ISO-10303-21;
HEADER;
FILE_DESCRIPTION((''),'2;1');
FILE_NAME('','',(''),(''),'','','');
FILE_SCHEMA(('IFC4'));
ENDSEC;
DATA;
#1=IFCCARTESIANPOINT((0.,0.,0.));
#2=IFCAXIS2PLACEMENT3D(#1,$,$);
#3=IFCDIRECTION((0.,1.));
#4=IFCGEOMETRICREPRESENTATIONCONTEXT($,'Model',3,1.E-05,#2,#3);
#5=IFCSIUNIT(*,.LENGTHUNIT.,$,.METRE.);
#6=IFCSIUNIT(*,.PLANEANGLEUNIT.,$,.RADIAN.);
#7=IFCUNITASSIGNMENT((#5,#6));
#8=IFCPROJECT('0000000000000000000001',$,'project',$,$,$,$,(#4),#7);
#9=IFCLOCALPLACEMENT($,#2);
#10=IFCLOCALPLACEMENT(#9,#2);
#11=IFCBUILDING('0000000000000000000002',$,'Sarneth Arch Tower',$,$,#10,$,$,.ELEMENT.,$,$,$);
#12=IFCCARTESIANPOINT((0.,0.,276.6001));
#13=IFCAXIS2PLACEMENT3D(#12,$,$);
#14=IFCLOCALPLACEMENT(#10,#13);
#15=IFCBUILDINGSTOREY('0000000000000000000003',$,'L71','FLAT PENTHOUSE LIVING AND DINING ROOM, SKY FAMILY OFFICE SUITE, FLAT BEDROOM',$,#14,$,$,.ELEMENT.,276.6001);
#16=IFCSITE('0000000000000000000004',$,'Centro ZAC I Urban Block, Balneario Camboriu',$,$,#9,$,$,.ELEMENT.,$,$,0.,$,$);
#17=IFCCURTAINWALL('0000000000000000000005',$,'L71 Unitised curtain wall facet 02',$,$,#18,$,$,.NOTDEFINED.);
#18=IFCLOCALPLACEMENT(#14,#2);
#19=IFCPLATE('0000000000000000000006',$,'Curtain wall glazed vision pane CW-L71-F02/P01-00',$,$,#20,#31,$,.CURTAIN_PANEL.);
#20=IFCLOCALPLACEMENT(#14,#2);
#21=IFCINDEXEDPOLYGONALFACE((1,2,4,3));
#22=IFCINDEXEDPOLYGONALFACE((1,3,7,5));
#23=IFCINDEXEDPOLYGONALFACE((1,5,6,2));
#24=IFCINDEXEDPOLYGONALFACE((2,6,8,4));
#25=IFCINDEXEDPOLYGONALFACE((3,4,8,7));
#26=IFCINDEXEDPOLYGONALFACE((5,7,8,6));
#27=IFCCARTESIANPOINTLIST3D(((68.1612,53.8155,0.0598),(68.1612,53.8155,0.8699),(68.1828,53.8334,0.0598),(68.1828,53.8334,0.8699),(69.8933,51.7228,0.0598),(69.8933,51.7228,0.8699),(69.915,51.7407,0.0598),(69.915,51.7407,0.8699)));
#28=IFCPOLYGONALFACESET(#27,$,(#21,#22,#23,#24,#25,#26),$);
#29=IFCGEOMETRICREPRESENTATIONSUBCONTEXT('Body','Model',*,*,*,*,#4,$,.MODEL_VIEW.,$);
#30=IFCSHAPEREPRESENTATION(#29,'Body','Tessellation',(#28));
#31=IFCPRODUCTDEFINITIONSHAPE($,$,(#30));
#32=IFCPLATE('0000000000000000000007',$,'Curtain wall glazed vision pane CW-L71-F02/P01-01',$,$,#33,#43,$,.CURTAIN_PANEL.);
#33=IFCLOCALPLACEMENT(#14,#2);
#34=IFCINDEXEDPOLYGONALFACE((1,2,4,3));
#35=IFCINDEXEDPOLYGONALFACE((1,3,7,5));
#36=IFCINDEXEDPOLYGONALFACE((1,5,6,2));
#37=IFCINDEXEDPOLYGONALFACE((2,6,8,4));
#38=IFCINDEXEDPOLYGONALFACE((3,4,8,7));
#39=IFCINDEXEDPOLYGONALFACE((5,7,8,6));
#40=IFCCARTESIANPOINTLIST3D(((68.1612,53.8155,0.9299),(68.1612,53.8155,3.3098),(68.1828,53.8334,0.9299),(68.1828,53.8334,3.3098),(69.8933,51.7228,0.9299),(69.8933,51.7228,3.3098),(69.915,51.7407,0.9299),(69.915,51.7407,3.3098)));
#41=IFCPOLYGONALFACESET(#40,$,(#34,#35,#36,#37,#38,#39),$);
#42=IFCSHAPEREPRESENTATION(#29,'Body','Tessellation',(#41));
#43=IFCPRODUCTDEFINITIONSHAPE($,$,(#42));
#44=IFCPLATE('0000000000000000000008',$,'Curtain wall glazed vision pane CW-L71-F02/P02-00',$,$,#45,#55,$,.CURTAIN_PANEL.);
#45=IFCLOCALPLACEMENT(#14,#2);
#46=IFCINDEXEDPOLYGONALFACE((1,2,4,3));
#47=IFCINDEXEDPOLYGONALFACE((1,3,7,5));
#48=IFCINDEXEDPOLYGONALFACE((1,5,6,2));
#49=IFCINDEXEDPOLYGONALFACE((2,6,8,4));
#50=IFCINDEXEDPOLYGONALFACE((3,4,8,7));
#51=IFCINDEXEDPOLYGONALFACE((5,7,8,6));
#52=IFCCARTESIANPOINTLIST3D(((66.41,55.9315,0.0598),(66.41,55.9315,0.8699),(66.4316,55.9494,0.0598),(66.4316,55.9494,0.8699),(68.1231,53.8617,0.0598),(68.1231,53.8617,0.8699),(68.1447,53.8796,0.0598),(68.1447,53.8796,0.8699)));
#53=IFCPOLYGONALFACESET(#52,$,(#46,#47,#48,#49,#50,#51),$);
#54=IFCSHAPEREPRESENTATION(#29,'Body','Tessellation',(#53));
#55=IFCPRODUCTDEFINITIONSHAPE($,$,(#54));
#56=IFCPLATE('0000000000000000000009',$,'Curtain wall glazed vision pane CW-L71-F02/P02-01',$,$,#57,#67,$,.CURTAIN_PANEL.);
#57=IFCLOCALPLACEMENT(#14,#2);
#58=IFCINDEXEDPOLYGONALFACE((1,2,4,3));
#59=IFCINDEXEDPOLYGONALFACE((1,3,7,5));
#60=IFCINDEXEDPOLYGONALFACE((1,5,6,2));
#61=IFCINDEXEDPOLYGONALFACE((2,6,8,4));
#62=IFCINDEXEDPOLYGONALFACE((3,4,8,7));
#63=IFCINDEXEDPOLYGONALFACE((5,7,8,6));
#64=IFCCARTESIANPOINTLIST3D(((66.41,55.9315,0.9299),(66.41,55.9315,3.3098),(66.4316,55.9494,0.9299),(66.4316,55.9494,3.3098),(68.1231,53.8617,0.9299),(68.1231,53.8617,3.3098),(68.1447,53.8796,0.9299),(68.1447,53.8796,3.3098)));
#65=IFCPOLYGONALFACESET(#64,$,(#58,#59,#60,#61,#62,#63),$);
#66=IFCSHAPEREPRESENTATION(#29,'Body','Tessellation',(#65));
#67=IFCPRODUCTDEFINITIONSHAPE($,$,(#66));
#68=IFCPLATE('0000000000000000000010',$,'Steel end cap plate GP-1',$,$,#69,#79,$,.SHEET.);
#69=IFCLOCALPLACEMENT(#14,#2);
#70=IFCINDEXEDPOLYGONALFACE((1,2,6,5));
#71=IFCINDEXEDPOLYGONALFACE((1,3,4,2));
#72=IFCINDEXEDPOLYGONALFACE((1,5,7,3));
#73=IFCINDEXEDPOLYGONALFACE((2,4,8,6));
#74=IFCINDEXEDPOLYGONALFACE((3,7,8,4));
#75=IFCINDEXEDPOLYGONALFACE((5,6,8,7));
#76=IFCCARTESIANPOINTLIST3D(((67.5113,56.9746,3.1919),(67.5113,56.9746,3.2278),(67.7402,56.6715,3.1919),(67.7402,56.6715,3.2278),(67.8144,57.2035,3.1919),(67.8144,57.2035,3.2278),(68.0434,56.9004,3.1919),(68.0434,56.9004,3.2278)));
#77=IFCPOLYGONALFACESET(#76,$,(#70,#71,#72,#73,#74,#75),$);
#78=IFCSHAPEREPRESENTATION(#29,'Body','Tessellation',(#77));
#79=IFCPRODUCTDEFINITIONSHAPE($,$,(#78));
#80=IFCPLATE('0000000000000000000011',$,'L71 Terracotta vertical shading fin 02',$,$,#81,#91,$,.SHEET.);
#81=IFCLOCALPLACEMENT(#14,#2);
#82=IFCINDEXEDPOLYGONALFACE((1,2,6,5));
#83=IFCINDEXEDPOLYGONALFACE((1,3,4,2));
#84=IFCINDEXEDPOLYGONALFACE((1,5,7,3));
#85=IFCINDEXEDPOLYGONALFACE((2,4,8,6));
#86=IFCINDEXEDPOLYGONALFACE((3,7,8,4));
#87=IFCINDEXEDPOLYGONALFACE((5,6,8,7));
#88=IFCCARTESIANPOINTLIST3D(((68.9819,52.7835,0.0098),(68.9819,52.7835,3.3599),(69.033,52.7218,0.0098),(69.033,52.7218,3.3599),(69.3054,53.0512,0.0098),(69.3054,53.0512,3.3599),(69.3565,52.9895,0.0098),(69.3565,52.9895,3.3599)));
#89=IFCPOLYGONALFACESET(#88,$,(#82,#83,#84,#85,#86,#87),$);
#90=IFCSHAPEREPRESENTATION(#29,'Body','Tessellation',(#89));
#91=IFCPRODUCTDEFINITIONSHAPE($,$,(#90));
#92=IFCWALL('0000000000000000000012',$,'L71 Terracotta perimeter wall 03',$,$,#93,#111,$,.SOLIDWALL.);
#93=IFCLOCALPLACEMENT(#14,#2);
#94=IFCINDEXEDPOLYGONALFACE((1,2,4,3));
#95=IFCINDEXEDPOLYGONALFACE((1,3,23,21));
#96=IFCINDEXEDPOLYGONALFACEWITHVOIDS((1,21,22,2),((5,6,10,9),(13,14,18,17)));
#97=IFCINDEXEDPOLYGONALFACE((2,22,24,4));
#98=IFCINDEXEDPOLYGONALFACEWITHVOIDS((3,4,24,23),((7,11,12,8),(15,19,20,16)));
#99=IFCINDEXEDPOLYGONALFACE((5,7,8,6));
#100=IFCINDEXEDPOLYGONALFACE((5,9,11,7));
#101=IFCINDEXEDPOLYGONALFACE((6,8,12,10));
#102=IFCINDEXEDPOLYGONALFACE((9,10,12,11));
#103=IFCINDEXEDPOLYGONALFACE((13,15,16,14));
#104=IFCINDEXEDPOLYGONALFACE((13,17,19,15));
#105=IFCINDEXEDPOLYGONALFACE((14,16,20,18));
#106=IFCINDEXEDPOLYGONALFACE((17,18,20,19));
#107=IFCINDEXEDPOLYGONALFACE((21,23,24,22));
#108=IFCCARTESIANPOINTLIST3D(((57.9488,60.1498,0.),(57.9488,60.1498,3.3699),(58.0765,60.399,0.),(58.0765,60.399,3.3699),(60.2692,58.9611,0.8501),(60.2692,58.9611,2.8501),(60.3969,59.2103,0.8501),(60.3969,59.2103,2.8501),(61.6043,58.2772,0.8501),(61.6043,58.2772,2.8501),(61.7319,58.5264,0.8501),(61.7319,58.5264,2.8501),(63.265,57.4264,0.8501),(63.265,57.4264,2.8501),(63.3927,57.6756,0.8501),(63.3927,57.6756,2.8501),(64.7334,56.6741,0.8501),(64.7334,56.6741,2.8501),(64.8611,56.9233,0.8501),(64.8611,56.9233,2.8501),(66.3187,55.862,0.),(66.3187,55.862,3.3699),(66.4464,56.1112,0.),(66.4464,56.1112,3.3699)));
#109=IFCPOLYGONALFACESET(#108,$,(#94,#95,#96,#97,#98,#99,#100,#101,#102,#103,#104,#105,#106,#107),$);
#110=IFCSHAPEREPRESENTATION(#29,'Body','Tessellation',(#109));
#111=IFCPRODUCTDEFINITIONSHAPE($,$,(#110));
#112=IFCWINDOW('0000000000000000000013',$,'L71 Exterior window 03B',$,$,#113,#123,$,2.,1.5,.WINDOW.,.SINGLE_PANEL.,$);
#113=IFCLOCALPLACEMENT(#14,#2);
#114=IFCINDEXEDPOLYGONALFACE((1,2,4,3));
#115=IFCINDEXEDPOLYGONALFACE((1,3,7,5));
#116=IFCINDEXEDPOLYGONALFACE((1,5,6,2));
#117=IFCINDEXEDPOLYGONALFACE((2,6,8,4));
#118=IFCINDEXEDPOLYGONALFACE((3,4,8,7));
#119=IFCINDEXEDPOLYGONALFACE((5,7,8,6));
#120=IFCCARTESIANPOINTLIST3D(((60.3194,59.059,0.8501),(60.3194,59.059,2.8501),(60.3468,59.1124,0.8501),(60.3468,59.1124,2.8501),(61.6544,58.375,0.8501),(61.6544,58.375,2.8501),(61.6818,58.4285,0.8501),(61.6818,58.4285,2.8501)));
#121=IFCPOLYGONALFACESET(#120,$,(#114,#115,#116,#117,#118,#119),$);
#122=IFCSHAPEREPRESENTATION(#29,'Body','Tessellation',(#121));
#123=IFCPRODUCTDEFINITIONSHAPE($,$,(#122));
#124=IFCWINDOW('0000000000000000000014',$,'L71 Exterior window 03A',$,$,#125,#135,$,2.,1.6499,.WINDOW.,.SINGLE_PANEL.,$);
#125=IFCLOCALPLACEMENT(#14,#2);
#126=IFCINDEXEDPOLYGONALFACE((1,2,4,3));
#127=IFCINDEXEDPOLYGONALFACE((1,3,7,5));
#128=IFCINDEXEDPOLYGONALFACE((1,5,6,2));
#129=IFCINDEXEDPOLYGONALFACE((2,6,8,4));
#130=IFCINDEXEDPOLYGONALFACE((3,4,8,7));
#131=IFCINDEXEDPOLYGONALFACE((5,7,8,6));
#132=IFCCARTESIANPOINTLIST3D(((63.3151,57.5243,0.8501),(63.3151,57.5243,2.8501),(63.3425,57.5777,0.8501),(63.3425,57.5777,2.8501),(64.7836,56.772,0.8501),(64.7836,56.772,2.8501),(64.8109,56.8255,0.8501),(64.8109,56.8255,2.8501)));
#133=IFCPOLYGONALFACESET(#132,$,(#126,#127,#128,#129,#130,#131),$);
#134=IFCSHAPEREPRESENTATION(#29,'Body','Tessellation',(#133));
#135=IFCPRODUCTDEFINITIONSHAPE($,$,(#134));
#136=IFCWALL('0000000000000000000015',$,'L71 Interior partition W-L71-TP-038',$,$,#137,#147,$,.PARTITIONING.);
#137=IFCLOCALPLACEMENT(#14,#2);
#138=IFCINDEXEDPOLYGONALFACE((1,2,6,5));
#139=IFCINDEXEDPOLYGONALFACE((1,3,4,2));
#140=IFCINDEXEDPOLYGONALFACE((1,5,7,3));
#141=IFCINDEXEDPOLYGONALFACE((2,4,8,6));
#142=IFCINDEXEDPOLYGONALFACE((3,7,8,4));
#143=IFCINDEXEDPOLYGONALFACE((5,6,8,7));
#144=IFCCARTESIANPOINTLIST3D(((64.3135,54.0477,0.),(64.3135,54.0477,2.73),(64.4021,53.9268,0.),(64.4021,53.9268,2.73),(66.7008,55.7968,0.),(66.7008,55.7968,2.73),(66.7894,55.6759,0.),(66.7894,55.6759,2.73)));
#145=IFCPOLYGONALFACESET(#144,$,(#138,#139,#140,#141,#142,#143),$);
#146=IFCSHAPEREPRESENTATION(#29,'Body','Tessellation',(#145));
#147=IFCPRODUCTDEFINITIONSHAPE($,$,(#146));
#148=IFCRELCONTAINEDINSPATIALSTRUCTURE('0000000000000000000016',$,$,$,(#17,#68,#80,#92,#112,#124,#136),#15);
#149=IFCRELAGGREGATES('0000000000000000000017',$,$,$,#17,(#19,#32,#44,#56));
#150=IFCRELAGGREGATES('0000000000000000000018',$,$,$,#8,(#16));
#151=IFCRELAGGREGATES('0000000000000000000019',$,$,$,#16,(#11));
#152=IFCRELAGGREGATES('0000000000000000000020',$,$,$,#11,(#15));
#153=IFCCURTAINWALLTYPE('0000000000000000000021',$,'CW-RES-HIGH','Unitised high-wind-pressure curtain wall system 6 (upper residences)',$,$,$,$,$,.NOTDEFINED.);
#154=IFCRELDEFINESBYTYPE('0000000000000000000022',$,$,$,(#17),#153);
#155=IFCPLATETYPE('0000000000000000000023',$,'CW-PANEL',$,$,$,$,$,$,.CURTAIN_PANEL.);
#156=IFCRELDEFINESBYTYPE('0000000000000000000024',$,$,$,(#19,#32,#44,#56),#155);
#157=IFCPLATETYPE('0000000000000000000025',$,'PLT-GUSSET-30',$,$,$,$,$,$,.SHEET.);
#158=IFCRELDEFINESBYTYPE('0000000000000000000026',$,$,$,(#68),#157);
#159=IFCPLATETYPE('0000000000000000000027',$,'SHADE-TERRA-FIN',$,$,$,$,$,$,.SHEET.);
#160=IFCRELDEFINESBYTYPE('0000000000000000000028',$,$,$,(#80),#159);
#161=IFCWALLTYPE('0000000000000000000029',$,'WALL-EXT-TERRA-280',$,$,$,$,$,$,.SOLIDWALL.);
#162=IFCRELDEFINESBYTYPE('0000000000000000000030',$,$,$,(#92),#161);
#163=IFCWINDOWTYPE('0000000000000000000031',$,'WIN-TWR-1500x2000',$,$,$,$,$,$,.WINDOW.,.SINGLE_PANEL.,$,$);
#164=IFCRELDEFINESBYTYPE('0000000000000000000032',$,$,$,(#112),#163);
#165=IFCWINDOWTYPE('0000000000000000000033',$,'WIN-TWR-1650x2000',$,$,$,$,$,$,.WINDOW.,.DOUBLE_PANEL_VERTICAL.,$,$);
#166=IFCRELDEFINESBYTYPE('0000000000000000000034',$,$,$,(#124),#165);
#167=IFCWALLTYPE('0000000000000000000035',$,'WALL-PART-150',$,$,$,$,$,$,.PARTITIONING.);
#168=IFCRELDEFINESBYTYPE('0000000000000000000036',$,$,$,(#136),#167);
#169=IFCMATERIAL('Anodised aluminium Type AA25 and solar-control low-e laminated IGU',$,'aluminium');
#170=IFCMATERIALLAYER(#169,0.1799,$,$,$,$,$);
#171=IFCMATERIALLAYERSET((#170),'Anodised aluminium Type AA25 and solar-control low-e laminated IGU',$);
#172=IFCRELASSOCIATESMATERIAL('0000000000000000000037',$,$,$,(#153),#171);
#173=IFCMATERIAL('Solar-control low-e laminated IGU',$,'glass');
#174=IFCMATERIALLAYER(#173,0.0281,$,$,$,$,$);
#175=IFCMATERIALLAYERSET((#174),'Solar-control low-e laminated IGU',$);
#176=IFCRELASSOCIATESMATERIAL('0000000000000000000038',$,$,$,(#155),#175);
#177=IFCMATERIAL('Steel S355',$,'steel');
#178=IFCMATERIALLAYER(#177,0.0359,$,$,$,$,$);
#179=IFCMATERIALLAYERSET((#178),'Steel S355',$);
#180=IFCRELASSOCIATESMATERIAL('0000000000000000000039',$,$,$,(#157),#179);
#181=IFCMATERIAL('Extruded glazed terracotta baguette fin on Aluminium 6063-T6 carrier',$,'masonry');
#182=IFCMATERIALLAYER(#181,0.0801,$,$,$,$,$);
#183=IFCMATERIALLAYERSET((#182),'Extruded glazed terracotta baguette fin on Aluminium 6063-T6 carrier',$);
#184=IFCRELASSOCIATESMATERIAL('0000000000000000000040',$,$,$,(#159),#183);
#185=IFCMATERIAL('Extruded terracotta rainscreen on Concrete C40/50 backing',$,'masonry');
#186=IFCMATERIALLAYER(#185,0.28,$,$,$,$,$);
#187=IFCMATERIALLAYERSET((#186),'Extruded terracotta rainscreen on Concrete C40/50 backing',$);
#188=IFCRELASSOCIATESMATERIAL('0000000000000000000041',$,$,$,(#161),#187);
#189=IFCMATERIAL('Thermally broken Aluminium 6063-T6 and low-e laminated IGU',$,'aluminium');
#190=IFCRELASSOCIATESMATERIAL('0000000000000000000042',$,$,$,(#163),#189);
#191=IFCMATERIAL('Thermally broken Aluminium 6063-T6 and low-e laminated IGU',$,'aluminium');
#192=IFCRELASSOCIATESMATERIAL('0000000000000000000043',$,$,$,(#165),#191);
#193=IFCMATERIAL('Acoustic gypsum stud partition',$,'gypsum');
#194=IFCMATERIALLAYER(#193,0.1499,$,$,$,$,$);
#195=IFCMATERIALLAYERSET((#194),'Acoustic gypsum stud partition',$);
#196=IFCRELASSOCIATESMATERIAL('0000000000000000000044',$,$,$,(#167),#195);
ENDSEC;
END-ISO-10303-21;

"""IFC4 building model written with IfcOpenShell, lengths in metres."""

from ifc_helpers import new_model, si_unit, direction, frame, frame_2d, origin, origin_2d, place, context, subcontext, project, spatial, rectangle, extrude, material, layer, layer_set, type_object, element, fill, aggregate, save


model = new_model("IFC4")

# Units and contexts
model_context = context("Model", 3, precision=1e-05, world=origin(), true_north=direction((0.0, 1.0)))
body_context = subcontext(model_context, "Body", "Model", "MODEL_VIEW")
ifc_project = project(units=[si_unit("LENGTHUNIT", "METRE"), si_unit("PLANEANGLEUNIT", "RADIAN")], contexts=[model_context])

# Site, building, storey
site_placement = place(None, origin())
site = spatial("IfcSite", under=ifc_project, at=site_placement, Name="Centro ZAC I Urban Block, Balneario Camboriu", CompositionType="ELEMENT", RefElevation=0.0)
building_placement = place(site_placement, origin())
building = spatial("IfcBuilding", under=site, at=building_placement, Name="Sarneth Arch Tower", CompositionType="ELEMENT")
storey_placement = place(building_placement, frame((0.0, 0.0, 276.6001)))
storey = spatial("IfcBuildingStorey", under=building, at=storey_placement, Name="L71", Description="FLAT PENTHOUSE LIVING AND DINING ROOM, SKY FAMILY OFFICE SUITE, FLAT BEDROOM", CompositionType="ELEMENT", Elevation=276.6001)

# Curtain wall
ifc_material_1 = material(Name="Anodised aluminium Type AA25 and solar-control low-e laminated IGU", Category="aluminium")
ifc_layer_1 = layer(ifc_material_1, 0.1799)
ifc_layer_set_1 = layer_set([ifc_layer_1], Name="Anodised aluminium Type AA25 and solar-control low-e laminated IGU")
curtain_wall_type = type_object("IfcCurtainWallType", Name="CW-RES-HIGH", Description="Unitised high-wind-pressure curtain wall system 6 (upper residences)", PredefinedType="NOTDEFINED", material=ifc_layer_set_1)
curtain_wall_placement = place(storey_placement, origin())
curtain_wall = element("IfcCurtainWall", 1, at=curtain_wall_placement, inside=storey, type_object=curtain_wall_type, Name="L71 Unitised curtain wall facet 02", PredefinedType="NOTDEFINED")

# Plates
ifc_material_2 = material(Name="Solar-control low-e laminated IGU", Category="glass")
ifc_layer_2 = layer(ifc_material_2, 0.0281)
ifc_layer_set_2 = layer_set([ifc_layer_2], Name="Solar-control low-e laminated IGU")
plate_type_1 = type_object("IfcPlateType", Name="CW-PANEL", PredefinedType="CURTAIN_PANEL", material=ifc_layer_set_2)
plate_1_placement = place(storey_placement, frame((69.0381, 52.7781, 0.0598), z_axis=(0.0, 0.0, 1.0), x_axis=(-0.63761, 0.770359, 0.0)))
plate_1 = element("IfcPlate", 2, at=plate_1_placement, type_object=plate_type_1, Name="Curtain wall glazed vision pane CW-L71-F02/P01-00", PredefinedType="CURTAIN_PANEL", context=body_context, shape_type="SweptSolid", body=[
    extrude(rectangle(XDim=2.7166, YDim=0.0281, at=origin_2d()), origin(), (0.0, 0.0, 1.0), 0.8101),
])
plate_2_placement = place(storey_placement, frame((69.0381, 52.7781, 0.9299), z_axis=(0.0, 0.0, 1.0), x_axis=(-0.63761, 0.770359, 0.0)))
plate_2 = element("IfcPlate", 3, at=plate_2_placement, type_object=plate_type_1, Name="Curtain wall glazed vision pane CW-L71-F02/P01-01", PredefinedType="CURTAIN_PANEL", context=body_context, shape_type="SweptSolid", body=[
    extrude(rectangle(XDim=2.7166, YDim=0.0281, at=origin_2d()), origin(), (0.0, 0.0, 1.0), 2.3799),
])
plate_3_placement = place(storey_placement, frame((67.2773, 54.9055, 0.0598), z_axis=(0.0, 0.0, 1.0), x_axis=(-0.63761, 0.770359, 0.0)))
plate_3 = element("IfcPlate", 4, at=plate_3_placement, type_object=plate_type_1, Name="Curtain wall glazed vision pane CW-L71-F02/P02-00", PredefinedType="CURTAIN_PANEL", context=body_context, shape_type="SweptSolid", body=[
    extrude(rectangle(XDim=2.6868, YDim=0.0281, at=origin_2d()), origin(), (0.0, 0.0, 1.0), 0.8101),
])
plate_4_placement = place(storey_placement, frame((67.2773, 54.9055, 0.9299), z_axis=(0.0, 0.0, 1.0), x_axis=(-0.63761, 0.770359, 0.0)))
plate_4 = element("IfcPlate", 5, at=plate_4_placement, type_object=plate_type_1, Name="Curtain wall glazed vision pane CW-L71-F02/P02-01", PredefinedType="CURTAIN_PANEL", context=body_context, shape_type="SweptSolid", body=[
    extrude(rectangle(XDim=2.6868, YDim=0.0281, at=origin_2d()), origin(), (0.0, 0.0, 1.0), 2.3799),
])
aggregate(curtain_wall, [plate_1, plate_2, plate_3, plate_4])

# Plates
ifc_material_3 = material(Name="Steel S355", Category="steel")
ifc_layer_3 = layer(ifc_material_3, 0.0359)
ifc_layer_set_3 = layer_set([ifc_layer_3], Name="Steel S355")
plate_type_2 = type_object("IfcPlateType", Name="PLT-GUSSET-30", PredefinedType="SHEET", material=ifc_layer_set_3)
plate_5_placement = place(storey_placement, frame((67.7773, 56.9375, 3.1919), z_axis=(0.0, 0.0, 1.0), x_axis=(0.798005, 0.602651, 0.0)))
element("IfcPlate", 6, at=plate_5_placement, inside=storey, type_object=plate_type_2, Name="Steel end cap plate GP-1", PredefinedType="SHEET", context=body_context, shape_type="SweptSolid", body=[
    extrude(rectangle(XDim=0.3799, YDim=0.3799, at=origin_2d()), origin(), (0.0, 0.0, 1.0), 0.0359),
])
ifc_material_4 = material(Name="Extruded glazed terracotta baguette fin on Aluminium 6063-T6 carrier", Category="masonry")
ifc_layer_4 = layer(ifc_material_4, 0.0801)
ifc_layer_set_4 = layer_set([ifc_layer_4], Name="Extruded glazed terracotta baguette fin on Aluminium 6063-T6 carrier")
plate_type_3 = type_object("IfcPlateType", Name="SHADE-TERRA-FIN", PredefinedType="SHEET", material=ifc_layer_set_4)
plate_6_placement = place(storey_placement, frame((69.1692, 52.8865, 0.0098), z_axis=(0.0, 0.0, 1.0), x_axis=(0.770402, 0.637558, 0.0)))
element("IfcPlate", 7, at=plate_6_placement, inside=storey, type_object=plate_type_3, Name="L71 Terracotta vertical shading fin 02", PredefinedType="SHEET", context=body_context, shape_type="SweptSolid", body=[
    extrude(rectangle(XDim=0.4199, YDim=0.0801, at=origin_2d()), origin(), (0.0, 0.0, 1.0), 3.3501),
])

# Wall, openings, windows
ifc_material_5 = material(Name="Extruded terracotta rainscreen on Concrete C40/50 backing", Category="masonry")
ifc_layer_5 = layer(ifc_material_5, 0.28)
ifc_layer_set_5 = layer_set([ifc_layer_5], Name="Extruded terracotta rainscreen on Concrete C40/50 backing")
wall_type_1 = type_object("IfcWallType", Name="WALL-EXT-TERRA-280", PredefinedType="SOLIDWALL", material=ifc_layer_set_5)
wall_1_placement = place(storey_placement, frame((66.3826, 55.9866, 0.0), z_axis=(0.0, 0.0, 1.0), x_axis=(-0.890007, 0.455946, 0.0)))
wall_1 = element("IfcWall", 8, at=wall_1_placement, inside=storey, type_object=wall_type_1, Name="L71 Terracotta perimeter wall 03", PredefinedType="SOLIDWALL", context=body_context, shape_type="SweptSolid", body=[
    extrude(rectangle(XDim=9.4043, YDim=0.28, at=frame_2d((4.7021, 0.0))), origin(), (0.0, 0.0, 1.0), 3.3699),
])
opening_1_placement = place(wall_1_placement, frame((1.7812, 0.0, 0.8501)))
opening_1 = element("IfcOpeningElement", 9, at=opening_1_placement, cuts=wall_1, PredefinedType="OPENING", context=body_context, shape_type="SweptSolid", body=[
    extrude(rectangle(XDim=1.6499, YDim=2.0, at=frame_2d((0.825, 1.0))), frame((0.0, 0.1499, 0.0), z_axis=(0.0, -1.0, 0.0), x_axis=(1.0, 0.0, 0.0)), (0.0, 0.0, 1.0), 0.3),
])
opening_2_placement = place(wall_1_placement, frame((5.2971, 0.0, 0.8501)))
opening_2 = element("IfcOpeningElement", 10, at=opening_2_placement, cuts=wall_1, PredefinedType="OPENING", context=body_context, shape_type="SweptSolid", body=[
    extrude(rectangle(XDim=1.5, YDim=2.0, at=frame_2d((0.75, 1.0))), frame((0.0, 0.1499, 0.0), z_axis=(0.0, -1.0, 0.0), x_axis=(1.0, 0.0, 0.0)), (0.0, 0.0, 1.0), 0.3),
])
ifc_material_6 = material(Name="Thermally broken Aluminium 6063-T6 and low-e laminated IGU", Category="aluminium")
window_type_1 = type_object("IfcWindowType", Name="WIN-TWR-1500x2000", PartitioningType="SINGLE_PANEL", PredefinedType="WINDOW", material=ifc_material_6)
window_1_placement = place(opening_2_placement, origin())
window_1 = element("IfcWindow", 11, at=window_1_placement, inside=storey, type_object=window_type_1, Name="L71 Exterior window 03B", OverallHeight=2.0, OverallWidth=1.5, PartitioningType="SINGLE_PANEL", PredefinedType="WINDOW", context=body_context, shape_type="SweptSolid", body=[
    extrude(rectangle(XDim=1.5, YDim=2.0, at=frame_2d((0.75, 1.0))), frame((0.0, 0.03, 0.0), z_axis=(0.0, -1.0, 0.0), x_axis=(1.0, 0.0, 0.0)), (0.0, 0.0, 1.0), 0.0601),
])
fill(opening_2, window_1)
ifc_material_7 = material(Name="Thermally broken Aluminium 6063-T6 and low-e laminated IGU", Category="aluminium")
window_type_2 = type_object("IfcWindowType", Name="WIN-TWR-1650x2000", PartitioningType="DOUBLE_PANEL_VERTICAL", PredefinedType="WINDOW", material=ifc_material_7)
window_2_placement = place(opening_1_placement, origin())
window_2 = element("IfcWindow", 12, at=window_2_placement, inside=storey, type_object=window_type_2, Name="L71 Exterior window 03A", OverallHeight=2.0, OverallWidth=1.6499, PartitioningType="SINGLE_PANEL", PredefinedType="WINDOW", context=body_context, shape_type="SweptSolid", body=[
    extrude(rectangle(XDim=1.6499, YDim=2.0, at=frame_2d((0.825, 1.0))), frame((0.0, 0.03, 0.0), z_axis=(0.0, -1.0, 0.0), x_axis=(1.0, 0.0, 0.0)), (0.0, 0.0, 1.0), 0.0601),
])
fill(opening_1, window_2)

# Wall
ifc_material_8 = material(Name="Acoustic gypsum stud partition", Category="gypsum")
ifc_layer_6 = layer(ifc_material_8, 0.1499)
ifc_layer_set_6 = layer_set([ifc_layer_6], Name="Acoustic gypsum stud partition")
wall_type_2 = type_object("IfcWallType", Name="WALL-PART-150", PredefinedType="PARTITIONING", material=ifc_layer_set_6)
wall_2_placement = place(storey_placement, frame((66.7451, 55.7363, 0.0), z_axis=(0.0, 0.0, 1.0), x_axis=(-0.806662, -0.591013, 0.0)))
element("IfcWall", 13, at=wall_2_placement, inside=storey, type_object=wall_type_2, Name="L71 Interior partition W-L71-TP-038", PredefinedType="PARTITIONING", context=body_context, shape_type="SweptSolid", body=[
    extrude(rectangle(XDim=2.9595, YDim=0.1499, at=frame_2d((1.4797, 0.0))), origin(), (0.0, 0.0, 1.0), 2.73),
])

save(model, "model.ifc")
